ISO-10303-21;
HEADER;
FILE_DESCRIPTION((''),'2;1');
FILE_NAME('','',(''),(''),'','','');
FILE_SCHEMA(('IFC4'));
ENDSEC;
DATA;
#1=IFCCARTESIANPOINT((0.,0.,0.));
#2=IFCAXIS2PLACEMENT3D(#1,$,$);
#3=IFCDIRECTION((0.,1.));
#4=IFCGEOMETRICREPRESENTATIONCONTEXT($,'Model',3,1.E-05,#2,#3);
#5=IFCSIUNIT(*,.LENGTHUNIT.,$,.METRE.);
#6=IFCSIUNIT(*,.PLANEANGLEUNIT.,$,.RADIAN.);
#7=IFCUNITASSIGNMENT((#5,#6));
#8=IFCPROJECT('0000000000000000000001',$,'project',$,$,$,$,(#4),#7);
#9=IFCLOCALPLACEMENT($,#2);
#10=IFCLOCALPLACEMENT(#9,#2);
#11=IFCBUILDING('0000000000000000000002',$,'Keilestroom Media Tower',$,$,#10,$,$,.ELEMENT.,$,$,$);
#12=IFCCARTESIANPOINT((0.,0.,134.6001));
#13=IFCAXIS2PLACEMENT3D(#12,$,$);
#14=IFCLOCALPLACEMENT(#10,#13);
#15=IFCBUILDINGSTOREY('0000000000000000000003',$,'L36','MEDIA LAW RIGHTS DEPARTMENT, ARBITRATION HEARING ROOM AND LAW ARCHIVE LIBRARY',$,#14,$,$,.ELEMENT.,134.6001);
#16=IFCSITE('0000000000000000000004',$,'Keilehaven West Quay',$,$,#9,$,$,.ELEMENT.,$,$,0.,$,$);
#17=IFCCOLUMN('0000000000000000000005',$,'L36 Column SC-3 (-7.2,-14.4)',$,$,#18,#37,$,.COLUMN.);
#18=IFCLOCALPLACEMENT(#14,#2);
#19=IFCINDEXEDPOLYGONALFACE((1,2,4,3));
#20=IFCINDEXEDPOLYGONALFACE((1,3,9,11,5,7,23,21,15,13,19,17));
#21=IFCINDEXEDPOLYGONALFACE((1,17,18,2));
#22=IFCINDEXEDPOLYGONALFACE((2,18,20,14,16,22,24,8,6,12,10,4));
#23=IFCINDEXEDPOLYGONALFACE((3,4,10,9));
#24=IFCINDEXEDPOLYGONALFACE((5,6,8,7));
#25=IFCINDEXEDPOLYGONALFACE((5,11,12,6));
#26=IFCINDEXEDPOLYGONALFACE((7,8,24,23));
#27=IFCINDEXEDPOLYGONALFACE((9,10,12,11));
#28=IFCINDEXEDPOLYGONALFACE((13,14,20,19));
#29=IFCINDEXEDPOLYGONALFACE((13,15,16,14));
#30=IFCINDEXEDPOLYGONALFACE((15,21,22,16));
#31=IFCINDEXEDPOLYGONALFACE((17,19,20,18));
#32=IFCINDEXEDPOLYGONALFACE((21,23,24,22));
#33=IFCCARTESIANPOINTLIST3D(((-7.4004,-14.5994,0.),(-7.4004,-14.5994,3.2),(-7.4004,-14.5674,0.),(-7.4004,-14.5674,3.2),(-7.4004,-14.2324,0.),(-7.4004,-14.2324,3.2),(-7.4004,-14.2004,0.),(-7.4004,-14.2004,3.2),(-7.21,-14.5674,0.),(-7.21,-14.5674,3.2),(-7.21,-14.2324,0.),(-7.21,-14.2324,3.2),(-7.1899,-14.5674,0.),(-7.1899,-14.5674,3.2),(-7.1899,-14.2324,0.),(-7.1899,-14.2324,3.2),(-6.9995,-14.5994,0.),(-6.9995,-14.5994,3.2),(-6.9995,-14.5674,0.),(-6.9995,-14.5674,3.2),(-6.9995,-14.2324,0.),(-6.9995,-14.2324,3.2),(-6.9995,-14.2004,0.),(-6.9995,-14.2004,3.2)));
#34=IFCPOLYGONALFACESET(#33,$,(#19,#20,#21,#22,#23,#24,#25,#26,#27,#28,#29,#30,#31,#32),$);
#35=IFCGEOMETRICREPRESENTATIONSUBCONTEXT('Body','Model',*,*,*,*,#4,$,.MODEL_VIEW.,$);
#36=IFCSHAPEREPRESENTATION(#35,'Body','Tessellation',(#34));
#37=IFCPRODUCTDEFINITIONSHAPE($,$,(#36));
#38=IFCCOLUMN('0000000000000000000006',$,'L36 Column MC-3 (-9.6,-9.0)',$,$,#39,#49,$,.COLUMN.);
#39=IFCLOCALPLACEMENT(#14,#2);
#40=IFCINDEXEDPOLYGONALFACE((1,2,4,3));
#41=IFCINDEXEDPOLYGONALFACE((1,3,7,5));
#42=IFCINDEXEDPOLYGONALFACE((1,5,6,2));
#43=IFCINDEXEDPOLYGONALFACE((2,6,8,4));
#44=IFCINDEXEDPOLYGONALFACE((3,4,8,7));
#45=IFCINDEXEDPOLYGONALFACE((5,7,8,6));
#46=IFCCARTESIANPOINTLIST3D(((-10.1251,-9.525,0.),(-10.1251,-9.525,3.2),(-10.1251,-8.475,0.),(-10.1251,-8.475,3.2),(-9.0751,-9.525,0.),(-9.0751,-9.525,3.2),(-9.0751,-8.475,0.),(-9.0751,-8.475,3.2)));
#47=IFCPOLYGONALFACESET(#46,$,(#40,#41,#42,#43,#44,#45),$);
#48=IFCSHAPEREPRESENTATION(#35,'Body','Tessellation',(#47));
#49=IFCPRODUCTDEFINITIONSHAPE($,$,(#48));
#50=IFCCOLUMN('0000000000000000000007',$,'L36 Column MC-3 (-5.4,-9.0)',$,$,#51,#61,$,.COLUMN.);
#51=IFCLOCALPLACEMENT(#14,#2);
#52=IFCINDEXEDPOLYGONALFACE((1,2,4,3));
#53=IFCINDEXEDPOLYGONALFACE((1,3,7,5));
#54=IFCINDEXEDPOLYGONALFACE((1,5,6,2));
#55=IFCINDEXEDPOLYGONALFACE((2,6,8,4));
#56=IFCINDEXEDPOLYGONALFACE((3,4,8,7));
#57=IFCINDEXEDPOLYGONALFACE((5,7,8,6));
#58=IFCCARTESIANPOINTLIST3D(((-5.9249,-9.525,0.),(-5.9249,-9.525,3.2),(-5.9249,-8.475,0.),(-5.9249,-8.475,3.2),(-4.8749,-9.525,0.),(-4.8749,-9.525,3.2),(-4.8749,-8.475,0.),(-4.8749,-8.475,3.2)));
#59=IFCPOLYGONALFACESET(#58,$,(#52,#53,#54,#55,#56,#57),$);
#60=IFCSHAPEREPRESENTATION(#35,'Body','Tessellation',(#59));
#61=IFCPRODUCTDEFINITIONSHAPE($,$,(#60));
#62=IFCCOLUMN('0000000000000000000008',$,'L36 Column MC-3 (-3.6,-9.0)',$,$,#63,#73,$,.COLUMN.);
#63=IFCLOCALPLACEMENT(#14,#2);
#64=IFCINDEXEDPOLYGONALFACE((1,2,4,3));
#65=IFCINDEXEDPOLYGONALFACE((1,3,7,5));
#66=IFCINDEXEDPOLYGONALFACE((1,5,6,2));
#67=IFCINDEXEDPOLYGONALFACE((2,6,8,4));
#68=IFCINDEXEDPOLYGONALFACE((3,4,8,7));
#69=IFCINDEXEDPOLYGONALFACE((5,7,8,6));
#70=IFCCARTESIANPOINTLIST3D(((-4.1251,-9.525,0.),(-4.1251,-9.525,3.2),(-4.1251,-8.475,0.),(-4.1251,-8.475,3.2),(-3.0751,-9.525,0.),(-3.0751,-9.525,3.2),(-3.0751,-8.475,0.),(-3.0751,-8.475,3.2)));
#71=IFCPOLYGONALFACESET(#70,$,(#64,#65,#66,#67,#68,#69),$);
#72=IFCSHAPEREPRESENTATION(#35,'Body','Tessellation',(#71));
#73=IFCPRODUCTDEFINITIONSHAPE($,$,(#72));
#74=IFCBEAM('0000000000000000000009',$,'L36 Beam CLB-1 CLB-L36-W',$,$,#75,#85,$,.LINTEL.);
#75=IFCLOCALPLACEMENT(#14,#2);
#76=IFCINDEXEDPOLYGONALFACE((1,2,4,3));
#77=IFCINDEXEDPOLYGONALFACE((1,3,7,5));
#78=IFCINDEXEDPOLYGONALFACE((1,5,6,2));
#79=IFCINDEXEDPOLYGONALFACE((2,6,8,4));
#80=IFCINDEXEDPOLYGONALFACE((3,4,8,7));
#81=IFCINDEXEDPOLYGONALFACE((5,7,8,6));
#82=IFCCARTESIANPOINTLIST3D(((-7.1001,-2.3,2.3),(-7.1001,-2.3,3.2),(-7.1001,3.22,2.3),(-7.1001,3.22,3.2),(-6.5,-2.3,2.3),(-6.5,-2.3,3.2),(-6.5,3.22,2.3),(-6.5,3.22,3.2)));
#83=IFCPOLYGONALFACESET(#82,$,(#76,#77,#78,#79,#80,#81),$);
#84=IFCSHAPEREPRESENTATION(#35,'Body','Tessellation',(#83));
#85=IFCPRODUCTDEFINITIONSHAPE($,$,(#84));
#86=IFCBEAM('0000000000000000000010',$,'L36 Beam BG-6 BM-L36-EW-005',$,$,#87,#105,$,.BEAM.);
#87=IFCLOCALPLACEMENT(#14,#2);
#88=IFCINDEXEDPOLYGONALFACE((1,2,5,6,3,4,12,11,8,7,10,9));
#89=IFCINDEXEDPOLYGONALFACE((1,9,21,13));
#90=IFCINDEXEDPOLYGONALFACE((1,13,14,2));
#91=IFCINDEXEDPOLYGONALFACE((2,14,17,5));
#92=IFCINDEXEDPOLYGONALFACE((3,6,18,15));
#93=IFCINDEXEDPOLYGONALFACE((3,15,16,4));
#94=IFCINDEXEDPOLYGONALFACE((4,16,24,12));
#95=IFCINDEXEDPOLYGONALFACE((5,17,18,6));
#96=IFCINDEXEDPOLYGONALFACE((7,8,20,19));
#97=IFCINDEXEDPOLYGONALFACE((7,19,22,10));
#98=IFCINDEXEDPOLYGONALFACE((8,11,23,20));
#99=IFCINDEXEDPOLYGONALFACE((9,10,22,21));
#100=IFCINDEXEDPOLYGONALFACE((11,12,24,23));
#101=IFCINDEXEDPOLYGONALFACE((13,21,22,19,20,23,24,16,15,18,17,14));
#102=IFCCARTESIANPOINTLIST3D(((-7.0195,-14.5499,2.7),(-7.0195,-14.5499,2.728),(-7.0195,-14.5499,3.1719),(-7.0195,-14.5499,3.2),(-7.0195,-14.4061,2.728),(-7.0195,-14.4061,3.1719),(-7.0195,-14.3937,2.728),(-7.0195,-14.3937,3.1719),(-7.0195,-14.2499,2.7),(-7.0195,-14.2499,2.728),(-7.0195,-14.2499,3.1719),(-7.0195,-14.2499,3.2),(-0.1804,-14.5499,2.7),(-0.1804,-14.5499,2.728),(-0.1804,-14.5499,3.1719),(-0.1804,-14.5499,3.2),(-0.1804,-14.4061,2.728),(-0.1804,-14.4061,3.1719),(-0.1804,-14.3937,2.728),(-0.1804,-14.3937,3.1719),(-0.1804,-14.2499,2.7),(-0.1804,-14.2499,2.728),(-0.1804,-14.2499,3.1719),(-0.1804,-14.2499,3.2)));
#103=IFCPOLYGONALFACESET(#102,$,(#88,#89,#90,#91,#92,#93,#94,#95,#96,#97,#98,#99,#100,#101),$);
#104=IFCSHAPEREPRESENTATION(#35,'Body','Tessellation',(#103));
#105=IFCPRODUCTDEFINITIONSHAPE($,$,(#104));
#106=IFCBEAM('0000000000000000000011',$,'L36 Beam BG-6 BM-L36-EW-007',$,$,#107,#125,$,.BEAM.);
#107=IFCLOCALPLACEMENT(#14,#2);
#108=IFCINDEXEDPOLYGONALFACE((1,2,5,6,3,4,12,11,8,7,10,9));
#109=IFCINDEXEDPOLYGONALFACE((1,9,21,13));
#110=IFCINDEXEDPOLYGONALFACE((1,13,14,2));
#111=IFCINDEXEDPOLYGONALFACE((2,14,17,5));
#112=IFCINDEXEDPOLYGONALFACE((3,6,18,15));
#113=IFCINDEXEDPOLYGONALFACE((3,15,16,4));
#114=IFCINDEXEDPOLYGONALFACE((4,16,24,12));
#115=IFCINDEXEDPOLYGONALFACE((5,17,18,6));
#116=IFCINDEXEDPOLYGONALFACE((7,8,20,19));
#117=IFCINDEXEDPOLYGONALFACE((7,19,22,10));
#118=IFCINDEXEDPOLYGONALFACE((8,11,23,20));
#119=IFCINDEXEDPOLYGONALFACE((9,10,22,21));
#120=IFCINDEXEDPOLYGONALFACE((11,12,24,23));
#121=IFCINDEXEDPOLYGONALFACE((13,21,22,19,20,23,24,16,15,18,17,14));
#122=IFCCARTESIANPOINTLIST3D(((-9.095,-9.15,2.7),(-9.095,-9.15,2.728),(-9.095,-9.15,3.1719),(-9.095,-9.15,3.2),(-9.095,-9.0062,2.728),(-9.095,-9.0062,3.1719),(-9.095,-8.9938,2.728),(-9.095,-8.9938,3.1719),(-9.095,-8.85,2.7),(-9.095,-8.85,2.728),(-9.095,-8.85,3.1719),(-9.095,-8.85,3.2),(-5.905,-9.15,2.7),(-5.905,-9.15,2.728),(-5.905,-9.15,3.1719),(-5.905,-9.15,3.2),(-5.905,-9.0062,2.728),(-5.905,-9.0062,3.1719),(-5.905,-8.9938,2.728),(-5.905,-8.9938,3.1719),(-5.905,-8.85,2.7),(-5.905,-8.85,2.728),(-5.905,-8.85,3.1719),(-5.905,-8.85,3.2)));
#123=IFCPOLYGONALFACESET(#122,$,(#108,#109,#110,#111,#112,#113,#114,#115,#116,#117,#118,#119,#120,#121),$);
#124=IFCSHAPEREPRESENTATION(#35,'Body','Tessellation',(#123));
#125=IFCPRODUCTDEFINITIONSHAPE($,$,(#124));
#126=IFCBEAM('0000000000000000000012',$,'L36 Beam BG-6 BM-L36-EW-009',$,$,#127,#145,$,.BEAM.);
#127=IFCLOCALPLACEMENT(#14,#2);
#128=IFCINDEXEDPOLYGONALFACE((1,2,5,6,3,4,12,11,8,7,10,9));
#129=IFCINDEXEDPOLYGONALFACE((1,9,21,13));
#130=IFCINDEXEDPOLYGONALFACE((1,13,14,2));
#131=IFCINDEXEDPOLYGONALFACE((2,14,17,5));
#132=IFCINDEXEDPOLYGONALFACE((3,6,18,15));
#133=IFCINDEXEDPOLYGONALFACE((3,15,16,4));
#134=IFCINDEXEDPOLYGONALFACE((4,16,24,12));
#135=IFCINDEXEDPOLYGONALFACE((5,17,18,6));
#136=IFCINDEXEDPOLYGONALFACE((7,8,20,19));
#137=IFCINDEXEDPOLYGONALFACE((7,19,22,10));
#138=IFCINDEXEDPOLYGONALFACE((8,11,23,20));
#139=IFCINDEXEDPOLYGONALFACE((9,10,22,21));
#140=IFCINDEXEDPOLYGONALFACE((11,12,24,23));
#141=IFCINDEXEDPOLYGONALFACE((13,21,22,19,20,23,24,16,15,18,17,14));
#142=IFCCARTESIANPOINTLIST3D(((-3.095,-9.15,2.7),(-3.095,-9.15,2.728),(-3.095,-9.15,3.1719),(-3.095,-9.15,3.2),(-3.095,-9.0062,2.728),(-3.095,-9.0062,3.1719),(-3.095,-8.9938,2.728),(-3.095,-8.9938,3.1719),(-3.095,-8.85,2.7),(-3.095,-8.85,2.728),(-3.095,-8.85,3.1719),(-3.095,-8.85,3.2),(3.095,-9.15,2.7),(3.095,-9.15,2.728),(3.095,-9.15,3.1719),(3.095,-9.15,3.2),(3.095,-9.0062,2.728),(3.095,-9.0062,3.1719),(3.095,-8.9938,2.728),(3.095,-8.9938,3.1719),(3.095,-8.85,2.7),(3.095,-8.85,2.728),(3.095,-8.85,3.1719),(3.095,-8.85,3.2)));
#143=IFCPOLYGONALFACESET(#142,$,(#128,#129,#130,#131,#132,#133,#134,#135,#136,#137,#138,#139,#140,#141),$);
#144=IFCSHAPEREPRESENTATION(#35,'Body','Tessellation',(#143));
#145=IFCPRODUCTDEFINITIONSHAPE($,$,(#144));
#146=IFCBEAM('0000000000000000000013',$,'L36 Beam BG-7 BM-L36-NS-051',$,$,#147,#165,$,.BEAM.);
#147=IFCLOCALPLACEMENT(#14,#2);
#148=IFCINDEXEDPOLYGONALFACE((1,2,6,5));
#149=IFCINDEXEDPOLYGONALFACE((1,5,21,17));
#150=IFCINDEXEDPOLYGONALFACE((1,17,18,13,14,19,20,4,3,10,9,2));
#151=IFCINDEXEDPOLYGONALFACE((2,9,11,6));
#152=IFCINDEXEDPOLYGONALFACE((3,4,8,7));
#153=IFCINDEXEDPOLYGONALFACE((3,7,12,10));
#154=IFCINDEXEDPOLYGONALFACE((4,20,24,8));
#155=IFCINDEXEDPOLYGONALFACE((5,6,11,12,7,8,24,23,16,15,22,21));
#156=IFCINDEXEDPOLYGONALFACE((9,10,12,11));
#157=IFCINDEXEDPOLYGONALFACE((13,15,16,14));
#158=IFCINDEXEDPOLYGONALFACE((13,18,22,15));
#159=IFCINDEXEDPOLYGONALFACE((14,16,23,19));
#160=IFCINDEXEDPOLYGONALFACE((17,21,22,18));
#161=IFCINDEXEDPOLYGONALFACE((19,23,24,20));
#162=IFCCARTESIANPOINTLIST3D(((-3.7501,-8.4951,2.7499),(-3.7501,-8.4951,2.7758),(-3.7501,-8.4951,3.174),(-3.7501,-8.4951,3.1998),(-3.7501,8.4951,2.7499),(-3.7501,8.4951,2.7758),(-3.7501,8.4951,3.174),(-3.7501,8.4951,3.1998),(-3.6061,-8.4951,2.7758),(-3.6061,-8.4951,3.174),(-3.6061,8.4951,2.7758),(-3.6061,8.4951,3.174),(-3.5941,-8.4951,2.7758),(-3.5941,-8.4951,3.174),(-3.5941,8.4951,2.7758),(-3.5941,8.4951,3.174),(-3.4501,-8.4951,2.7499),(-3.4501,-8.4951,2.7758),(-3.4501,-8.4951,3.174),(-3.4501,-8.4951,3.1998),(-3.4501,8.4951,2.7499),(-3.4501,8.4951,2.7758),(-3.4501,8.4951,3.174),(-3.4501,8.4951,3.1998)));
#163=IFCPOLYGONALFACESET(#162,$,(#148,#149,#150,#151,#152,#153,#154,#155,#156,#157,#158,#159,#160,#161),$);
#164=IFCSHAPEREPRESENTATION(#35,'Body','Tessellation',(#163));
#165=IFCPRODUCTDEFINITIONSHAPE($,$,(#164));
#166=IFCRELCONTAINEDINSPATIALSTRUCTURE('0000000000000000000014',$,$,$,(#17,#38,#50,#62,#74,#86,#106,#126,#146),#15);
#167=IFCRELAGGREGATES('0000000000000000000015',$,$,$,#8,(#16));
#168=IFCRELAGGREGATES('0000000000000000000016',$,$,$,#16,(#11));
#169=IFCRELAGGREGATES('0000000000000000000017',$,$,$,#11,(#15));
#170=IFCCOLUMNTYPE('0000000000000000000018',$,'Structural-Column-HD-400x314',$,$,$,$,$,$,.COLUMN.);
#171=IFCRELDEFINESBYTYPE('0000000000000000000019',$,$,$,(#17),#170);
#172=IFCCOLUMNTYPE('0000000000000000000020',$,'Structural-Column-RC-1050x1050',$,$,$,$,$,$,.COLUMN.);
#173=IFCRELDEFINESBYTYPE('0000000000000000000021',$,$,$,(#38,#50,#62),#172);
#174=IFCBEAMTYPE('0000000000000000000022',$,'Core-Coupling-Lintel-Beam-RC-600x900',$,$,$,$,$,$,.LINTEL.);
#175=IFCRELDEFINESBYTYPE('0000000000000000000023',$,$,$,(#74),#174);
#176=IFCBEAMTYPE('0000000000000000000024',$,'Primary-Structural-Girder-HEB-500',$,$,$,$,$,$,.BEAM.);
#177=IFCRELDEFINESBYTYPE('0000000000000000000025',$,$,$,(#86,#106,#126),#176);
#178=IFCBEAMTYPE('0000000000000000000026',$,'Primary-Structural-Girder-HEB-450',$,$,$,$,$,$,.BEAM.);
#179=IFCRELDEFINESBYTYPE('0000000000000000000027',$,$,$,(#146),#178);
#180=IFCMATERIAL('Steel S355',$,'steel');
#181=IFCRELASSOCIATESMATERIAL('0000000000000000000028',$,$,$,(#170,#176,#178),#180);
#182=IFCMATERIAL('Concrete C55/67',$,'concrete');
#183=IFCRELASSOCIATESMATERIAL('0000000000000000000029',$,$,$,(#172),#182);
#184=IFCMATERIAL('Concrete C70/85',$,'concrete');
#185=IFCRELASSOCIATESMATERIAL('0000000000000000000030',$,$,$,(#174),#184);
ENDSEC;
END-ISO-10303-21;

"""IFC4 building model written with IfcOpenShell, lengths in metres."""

from ifc_helpers import new_model, si_unit, direction, frame, origin, origin_2d, place, context, subcontext, project, spatial, rectangle, i_section, extrude, source, transform, mapped, material, material_profile, profile_set, type_object, element, save


model = new_model("IFC4")

# Units and contexts
model_context = context("Model", 3, precision=1e-05, world=origin(), true_north=direction((0.0, 1.0)))
body_context = subcontext(model_context, "Body", "Model", "MODEL_VIEW")
ifc_project = project(units=[si_unit("LENGTHUNIT", "METRE"), si_unit("PLANEANGLEUNIT", "RADIAN")], contexts=[model_context])

# Site, building, storey
site_placement = place(None, origin())
site = spatial("IfcSite", under=ifc_project, at=site_placement, Name="Keilehaven West Quay", CompositionType="ELEMENT", RefElevation=0.0)
building_placement = place(site_placement, origin())
building = spatial("IfcBuilding", under=site, at=building_placement, Name="Keilestroom Media Tower", CompositionType="ELEMENT")
storey_placement = place(building_placement, frame((0.0, 0.0, 134.6001)))
storey = spatial("IfcBuildingStorey", under=building, at=storey_placement, Name="L36", Description="MEDIA LAW RIGHTS DEPARTMENT, ARBITRATION HEARING ROOM AND LAW ARCHIVE LIBRARY", CompositionType="ELEMENT", Elevation=134.6001)

# Columns
ifc_material_1 = material(Name="Steel S355", Category="steel")
ifc_material_profile_1 = material_profile(ifc_material_1, i_section(OverallWidth=0.4009, OverallDepth=0.3989, WebThickness=0.02, FlangeThickness=0.032, at=origin_2d()), Name="HD 400x314")
ifc_profile_set_1 = profile_set([ifc_material_profile_1], Name="Steel S355")
column_type_1 = type_object("IfcColumnType", Name="Structural-Column-HD-400x314", PredefinedType="COLUMN", material=ifc_profile_set_1)
shared_shape_1 = source(origin(), body_context, "Body", "SweptSolid", [
    extrude(i_section(OverallWidth=0.4009, OverallDepth=0.3989, WebThickness=0.02, FlangeThickness=0.032, at=origin_2d()), origin(), (0.0, 0.0, 1.0), 3.2),
])
column_placement = place(storey_placement, frame((-7.2, -14.3999, 0.0), z_axis=(0.0, 0.0, 1.0), x_axis=(1.0, 0.0, 0.0)))
element("IfcColumn", 1, at=column_placement, inside=storey, type_object=column_type_1, Name="L36 Column SC-3 (-7.2,-14.4)", PredefinedType="COLUMN", context=body_context, shape_type="MappedRepresentation", body=[
    mapped(shared_shape_1, transform((0.0, 0.0, 0.0), x_axis=(1.0, 0.0, 0.0), y_axis=(0.0, 1.0, 0.0), z_axis=(0.0, 0.0, 1.0), scale=1.0)),
])
ifc_material_2 = material(Name="Concrete C55/67", Category="concrete")
ifc_material_profile_2 = material_profile(ifc_material_2, rectangle(XDim=1.05, YDim=1.05, at=origin_2d()), Name="RC 1050x1050")
ifc_profile_set_2 = profile_set([ifc_material_profile_2], Name="Concrete C55/67")
column_type_2 = type_object("IfcColumnType", Name="Structural-Column-RC-1050x1050", PredefinedType="COLUMN", material=ifc_profile_set_2)
shared_shape_2 = source(origin(), body_context, "Body", "SweptSolid", [
    extrude(rectangle(XDim=1.05, YDim=1.05, at=origin_2d()), origin(), (0.0, 0.0, 1.0), 3.2),
])
for number, where, z_axis, x_axis, name in (
    (2, (-9.6001, -9.0, 0.0), (0.0, 0.0, 1.0), (1.0, 0.0, 0.0), "L36 Column MC-3 (-9.6,-9.0)"),
    (3, (-5.3999, -9.0, 0.0), (0.0, 0.0, 1.0), (1.0, 0.0, 0.0), "L36 Column MC-3 (-5.4,-9.0)"),
    (4, (-3.6001, -9.0, 0.0), (0.0, 0.0, 1.0), (1.0, 0.0, 0.0), "L36 Column MC-3 (-3.6,-9.0)"),
):
    element("IfcColumn", number, at=place(storey_placement, frame(where, z_axis=z_axis, x_axis=x_axis)), inside=storey, type_object=column_type_2, Name=name, PredefinedType="COLUMN", context=body_context, shape_type="MappedRepresentation", body=[
        mapped(shared_shape_2, transform((0.0, 0.0, 0.0), x_axis=(1.0, 0.0, 0.0), y_axis=(0.0, 1.0, 0.0), z_axis=(0.0, 0.0, 1.0), scale=1.0)),
    ])

# Beams
ifc_material_3 = material(Name="Concrete C70/85", Category="concrete")
ifc_material_profile_3 = material_profile(ifc_material_3, rectangle(XDim=0.6001, YDim=0.8999, at=origin_2d()), Name="RC 600x900")
ifc_profile_set_3 = profile_set([ifc_material_profile_3], Name="Concrete C70/85")
beam_type_1 = type_object("IfcBeamType", Name="Core-Coupling-Lintel-Beam-RC-600x900", PredefinedType="LINTEL", material=ifc_profile_set_3)
shared_shape_3 = source(origin(), body_context, "Body", "SweptSolid", [
    extrude(rectangle(XDim=0.6001, YDim=0.8999, at=origin_2d()), origin(), (0.0, 0.0, 1.0), 5.52),
])
beam_1_placement = place(storey_placement, frame((-6.8, -2.3, 2.75), z_axis=(0.0, 1.0, 0.0), x_axis=(-1.0, 0.0, 0.0)))
element("IfcBeam", 5, at=beam_1_placement, inside=storey, type_object=beam_type_1, Name="L36 Beam CLB-1 CLB-L36-W", PredefinedType="LINTEL", context=body_context, shape_type="MappedRepresentation", body=[
    mapped(shared_shape_3, transform((0.0, 0.0, 0.0), x_axis=(1.0, 0.0, 0.0), y_axis=(0.0, 1.0, 0.0), z_axis=(0.0, 0.0, 1.0), scale=1.0)),
])
ifc_material_profile_4 = material_profile(ifc_material_1, i_section(OverallWidth=0.3, OverallDepth=0.5, WebThickness=0.0125, FlangeThickness=0.0281, at=origin_2d()), Name="HEB 500")
ifc_profile_set_4 = profile_set([ifc_material_profile_4], Name="Steel S355")
beam_type_2 = type_object("IfcBeamType", Name="Primary-Structural-Girder-HEB-500", PredefinedType="BEAM", material=ifc_profile_set_4)
shared_shape_4 = source(origin(), body_context, "Body", "SweptSolid", [
    extrude(i_section(OverallWidth=0.3, OverallDepth=0.5, WebThickness=0.0125, FlangeThickness=0.0281, at=origin_2d()), origin(), (0.0, 0.0, 1.0), 6.8391),
])
beam_2_placement = place(storey_placement, frame((-7.0195, -14.3999, 2.95), z_axis=(1.0, 0.0, 0.0), x_axis=(0.0, 1.0, 0.0)))
element("IfcBeam", 6, at=beam_2_placement, inside=storey, type_object=beam_type_2, Name="L36 Beam BG-6 BM-L36-EW-005", PredefinedType="BEAM", context=body_context, shape_type="MappedRepresentation", body=[
    mapped(shared_shape_4, transform((0.0, 0.0, 0.0), x_axis=(1.0, 0.0, 0.0), y_axis=(0.0, 1.0, 0.0), z_axis=(0.0, 0.0, 1.0), scale=1.0)),
])
shared_shape_5 = source(origin(), body_context, "Body", "SweptSolid", [
    extrude(i_section(OverallWidth=0.3, OverallDepth=0.5, WebThickness=0.0125, FlangeThickness=0.0281, at=origin_2d()), origin(), (0.0, 0.0, 1.0), 3.1899),
])
beam_3_placement = place(storey_placement, frame((-9.095, -9.0, 2.95), z_axis=(1.0, 0.0, 0.0), x_axis=(0.0, 1.0, 0.0)))
element("IfcBeam", 7, at=beam_3_placement, inside=storey, type_object=beam_type_2, Name="L36 Beam BG-6 BM-L36-EW-007", PredefinedType="BEAM", context=body_context, shape_type="MappedRepresentation", body=[
    mapped(shared_shape_5, transform((0.0, 0.0, 0.0), x_axis=(1.0, 0.0, 0.0), y_axis=(0.0, 1.0, 0.0), z_axis=(0.0, 0.0, 1.0), scale=1.0)),
])
shared_shape_6 = source(origin(), body_context, "Body", "SweptSolid", [
    extrude(i_section(OverallWidth=0.3, OverallDepth=0.5, WebThickness=0.0125, FlangeThickness=0.0281, at=origin_2d()), origin(), (0.0, 0.0, 1.0), 6.1899),
])
beam_4_placement = place(storey_placement, frame((-3.095, -9.0, 2.95), z_axis=(1.0, 0.0, 0.0), x_axis=(0.0, 1.0, 0.0)))
element("IfcBeam", 8, at=beam_4_placement, inside=storey, type_object=beam_type_2, Name="L36 Beam BG-6 BM-L36-EW-009", PredefinedType="BEAM", context=body_context, shape_type="MappedRepresentation", body=[
    mapped(shared_shape_6, transform((0.0, 0.0, 0.0), x_axis=(1.0, 0.0, 0.0), y_axis=(0.0, 1.0, 0.0), z_axis=(0.0, 0.0, 1.0), scale=1.0)),
])
ifc_material_profile_5 = material_profile(ifc_material_1, i_section(OverallWidth=0.3, OverallDepth=0.45, WebThickness=0.012, FlangeThickness=0.0259, at=origin_2d()), Name="HEB 450")
ifc_profile_set_5 = profile_set([ifc_material_profile_5], Name="Steel S355")
beam_type_3 = type_object("IfcBeamType", Name="Primary-Structural-Girder-HEB-450", PredefinedType="BEAM", material=ifc_profile_set_5)
shared_shape_7 = source(origin(), body_context, "Body", "SweptSolid", [
    extrude(i_section(OverallWidth=0.3, OverallDepth=0.45, WebThickness=0.012, FlangeThickness=0.0259, at=origin_2d()), origin(), (0.0, 0.0, 1.0), 16.9902),
])
beam_5_placement = place(storey_placement, frame((-3.6001, -8.4951, 2.9749), z_axis=(0.0, 1.0, 0.0), x_axis=(-1.0, 0.0, 0.0)))
element("IfcBeam", 9, at=beam_5_placement, inside=storey, type_object=beam_type_3, Name="L36 Beam BG-7 BM-L36-NS-051", PredefinedType="BEAM", context=body_context, shape_type="MappedRepresentation", body=[
    mapped(shared_shape_7, transform((0.0, 0.0, 0.0), x_axis=(1.0, 0.0, 0.0), y_axis=(0.0, 1.0, 0.0), z_axis=(0.0, 0.0, 1.0), scale=1.0)),
])

save(model, "model.ifc")
